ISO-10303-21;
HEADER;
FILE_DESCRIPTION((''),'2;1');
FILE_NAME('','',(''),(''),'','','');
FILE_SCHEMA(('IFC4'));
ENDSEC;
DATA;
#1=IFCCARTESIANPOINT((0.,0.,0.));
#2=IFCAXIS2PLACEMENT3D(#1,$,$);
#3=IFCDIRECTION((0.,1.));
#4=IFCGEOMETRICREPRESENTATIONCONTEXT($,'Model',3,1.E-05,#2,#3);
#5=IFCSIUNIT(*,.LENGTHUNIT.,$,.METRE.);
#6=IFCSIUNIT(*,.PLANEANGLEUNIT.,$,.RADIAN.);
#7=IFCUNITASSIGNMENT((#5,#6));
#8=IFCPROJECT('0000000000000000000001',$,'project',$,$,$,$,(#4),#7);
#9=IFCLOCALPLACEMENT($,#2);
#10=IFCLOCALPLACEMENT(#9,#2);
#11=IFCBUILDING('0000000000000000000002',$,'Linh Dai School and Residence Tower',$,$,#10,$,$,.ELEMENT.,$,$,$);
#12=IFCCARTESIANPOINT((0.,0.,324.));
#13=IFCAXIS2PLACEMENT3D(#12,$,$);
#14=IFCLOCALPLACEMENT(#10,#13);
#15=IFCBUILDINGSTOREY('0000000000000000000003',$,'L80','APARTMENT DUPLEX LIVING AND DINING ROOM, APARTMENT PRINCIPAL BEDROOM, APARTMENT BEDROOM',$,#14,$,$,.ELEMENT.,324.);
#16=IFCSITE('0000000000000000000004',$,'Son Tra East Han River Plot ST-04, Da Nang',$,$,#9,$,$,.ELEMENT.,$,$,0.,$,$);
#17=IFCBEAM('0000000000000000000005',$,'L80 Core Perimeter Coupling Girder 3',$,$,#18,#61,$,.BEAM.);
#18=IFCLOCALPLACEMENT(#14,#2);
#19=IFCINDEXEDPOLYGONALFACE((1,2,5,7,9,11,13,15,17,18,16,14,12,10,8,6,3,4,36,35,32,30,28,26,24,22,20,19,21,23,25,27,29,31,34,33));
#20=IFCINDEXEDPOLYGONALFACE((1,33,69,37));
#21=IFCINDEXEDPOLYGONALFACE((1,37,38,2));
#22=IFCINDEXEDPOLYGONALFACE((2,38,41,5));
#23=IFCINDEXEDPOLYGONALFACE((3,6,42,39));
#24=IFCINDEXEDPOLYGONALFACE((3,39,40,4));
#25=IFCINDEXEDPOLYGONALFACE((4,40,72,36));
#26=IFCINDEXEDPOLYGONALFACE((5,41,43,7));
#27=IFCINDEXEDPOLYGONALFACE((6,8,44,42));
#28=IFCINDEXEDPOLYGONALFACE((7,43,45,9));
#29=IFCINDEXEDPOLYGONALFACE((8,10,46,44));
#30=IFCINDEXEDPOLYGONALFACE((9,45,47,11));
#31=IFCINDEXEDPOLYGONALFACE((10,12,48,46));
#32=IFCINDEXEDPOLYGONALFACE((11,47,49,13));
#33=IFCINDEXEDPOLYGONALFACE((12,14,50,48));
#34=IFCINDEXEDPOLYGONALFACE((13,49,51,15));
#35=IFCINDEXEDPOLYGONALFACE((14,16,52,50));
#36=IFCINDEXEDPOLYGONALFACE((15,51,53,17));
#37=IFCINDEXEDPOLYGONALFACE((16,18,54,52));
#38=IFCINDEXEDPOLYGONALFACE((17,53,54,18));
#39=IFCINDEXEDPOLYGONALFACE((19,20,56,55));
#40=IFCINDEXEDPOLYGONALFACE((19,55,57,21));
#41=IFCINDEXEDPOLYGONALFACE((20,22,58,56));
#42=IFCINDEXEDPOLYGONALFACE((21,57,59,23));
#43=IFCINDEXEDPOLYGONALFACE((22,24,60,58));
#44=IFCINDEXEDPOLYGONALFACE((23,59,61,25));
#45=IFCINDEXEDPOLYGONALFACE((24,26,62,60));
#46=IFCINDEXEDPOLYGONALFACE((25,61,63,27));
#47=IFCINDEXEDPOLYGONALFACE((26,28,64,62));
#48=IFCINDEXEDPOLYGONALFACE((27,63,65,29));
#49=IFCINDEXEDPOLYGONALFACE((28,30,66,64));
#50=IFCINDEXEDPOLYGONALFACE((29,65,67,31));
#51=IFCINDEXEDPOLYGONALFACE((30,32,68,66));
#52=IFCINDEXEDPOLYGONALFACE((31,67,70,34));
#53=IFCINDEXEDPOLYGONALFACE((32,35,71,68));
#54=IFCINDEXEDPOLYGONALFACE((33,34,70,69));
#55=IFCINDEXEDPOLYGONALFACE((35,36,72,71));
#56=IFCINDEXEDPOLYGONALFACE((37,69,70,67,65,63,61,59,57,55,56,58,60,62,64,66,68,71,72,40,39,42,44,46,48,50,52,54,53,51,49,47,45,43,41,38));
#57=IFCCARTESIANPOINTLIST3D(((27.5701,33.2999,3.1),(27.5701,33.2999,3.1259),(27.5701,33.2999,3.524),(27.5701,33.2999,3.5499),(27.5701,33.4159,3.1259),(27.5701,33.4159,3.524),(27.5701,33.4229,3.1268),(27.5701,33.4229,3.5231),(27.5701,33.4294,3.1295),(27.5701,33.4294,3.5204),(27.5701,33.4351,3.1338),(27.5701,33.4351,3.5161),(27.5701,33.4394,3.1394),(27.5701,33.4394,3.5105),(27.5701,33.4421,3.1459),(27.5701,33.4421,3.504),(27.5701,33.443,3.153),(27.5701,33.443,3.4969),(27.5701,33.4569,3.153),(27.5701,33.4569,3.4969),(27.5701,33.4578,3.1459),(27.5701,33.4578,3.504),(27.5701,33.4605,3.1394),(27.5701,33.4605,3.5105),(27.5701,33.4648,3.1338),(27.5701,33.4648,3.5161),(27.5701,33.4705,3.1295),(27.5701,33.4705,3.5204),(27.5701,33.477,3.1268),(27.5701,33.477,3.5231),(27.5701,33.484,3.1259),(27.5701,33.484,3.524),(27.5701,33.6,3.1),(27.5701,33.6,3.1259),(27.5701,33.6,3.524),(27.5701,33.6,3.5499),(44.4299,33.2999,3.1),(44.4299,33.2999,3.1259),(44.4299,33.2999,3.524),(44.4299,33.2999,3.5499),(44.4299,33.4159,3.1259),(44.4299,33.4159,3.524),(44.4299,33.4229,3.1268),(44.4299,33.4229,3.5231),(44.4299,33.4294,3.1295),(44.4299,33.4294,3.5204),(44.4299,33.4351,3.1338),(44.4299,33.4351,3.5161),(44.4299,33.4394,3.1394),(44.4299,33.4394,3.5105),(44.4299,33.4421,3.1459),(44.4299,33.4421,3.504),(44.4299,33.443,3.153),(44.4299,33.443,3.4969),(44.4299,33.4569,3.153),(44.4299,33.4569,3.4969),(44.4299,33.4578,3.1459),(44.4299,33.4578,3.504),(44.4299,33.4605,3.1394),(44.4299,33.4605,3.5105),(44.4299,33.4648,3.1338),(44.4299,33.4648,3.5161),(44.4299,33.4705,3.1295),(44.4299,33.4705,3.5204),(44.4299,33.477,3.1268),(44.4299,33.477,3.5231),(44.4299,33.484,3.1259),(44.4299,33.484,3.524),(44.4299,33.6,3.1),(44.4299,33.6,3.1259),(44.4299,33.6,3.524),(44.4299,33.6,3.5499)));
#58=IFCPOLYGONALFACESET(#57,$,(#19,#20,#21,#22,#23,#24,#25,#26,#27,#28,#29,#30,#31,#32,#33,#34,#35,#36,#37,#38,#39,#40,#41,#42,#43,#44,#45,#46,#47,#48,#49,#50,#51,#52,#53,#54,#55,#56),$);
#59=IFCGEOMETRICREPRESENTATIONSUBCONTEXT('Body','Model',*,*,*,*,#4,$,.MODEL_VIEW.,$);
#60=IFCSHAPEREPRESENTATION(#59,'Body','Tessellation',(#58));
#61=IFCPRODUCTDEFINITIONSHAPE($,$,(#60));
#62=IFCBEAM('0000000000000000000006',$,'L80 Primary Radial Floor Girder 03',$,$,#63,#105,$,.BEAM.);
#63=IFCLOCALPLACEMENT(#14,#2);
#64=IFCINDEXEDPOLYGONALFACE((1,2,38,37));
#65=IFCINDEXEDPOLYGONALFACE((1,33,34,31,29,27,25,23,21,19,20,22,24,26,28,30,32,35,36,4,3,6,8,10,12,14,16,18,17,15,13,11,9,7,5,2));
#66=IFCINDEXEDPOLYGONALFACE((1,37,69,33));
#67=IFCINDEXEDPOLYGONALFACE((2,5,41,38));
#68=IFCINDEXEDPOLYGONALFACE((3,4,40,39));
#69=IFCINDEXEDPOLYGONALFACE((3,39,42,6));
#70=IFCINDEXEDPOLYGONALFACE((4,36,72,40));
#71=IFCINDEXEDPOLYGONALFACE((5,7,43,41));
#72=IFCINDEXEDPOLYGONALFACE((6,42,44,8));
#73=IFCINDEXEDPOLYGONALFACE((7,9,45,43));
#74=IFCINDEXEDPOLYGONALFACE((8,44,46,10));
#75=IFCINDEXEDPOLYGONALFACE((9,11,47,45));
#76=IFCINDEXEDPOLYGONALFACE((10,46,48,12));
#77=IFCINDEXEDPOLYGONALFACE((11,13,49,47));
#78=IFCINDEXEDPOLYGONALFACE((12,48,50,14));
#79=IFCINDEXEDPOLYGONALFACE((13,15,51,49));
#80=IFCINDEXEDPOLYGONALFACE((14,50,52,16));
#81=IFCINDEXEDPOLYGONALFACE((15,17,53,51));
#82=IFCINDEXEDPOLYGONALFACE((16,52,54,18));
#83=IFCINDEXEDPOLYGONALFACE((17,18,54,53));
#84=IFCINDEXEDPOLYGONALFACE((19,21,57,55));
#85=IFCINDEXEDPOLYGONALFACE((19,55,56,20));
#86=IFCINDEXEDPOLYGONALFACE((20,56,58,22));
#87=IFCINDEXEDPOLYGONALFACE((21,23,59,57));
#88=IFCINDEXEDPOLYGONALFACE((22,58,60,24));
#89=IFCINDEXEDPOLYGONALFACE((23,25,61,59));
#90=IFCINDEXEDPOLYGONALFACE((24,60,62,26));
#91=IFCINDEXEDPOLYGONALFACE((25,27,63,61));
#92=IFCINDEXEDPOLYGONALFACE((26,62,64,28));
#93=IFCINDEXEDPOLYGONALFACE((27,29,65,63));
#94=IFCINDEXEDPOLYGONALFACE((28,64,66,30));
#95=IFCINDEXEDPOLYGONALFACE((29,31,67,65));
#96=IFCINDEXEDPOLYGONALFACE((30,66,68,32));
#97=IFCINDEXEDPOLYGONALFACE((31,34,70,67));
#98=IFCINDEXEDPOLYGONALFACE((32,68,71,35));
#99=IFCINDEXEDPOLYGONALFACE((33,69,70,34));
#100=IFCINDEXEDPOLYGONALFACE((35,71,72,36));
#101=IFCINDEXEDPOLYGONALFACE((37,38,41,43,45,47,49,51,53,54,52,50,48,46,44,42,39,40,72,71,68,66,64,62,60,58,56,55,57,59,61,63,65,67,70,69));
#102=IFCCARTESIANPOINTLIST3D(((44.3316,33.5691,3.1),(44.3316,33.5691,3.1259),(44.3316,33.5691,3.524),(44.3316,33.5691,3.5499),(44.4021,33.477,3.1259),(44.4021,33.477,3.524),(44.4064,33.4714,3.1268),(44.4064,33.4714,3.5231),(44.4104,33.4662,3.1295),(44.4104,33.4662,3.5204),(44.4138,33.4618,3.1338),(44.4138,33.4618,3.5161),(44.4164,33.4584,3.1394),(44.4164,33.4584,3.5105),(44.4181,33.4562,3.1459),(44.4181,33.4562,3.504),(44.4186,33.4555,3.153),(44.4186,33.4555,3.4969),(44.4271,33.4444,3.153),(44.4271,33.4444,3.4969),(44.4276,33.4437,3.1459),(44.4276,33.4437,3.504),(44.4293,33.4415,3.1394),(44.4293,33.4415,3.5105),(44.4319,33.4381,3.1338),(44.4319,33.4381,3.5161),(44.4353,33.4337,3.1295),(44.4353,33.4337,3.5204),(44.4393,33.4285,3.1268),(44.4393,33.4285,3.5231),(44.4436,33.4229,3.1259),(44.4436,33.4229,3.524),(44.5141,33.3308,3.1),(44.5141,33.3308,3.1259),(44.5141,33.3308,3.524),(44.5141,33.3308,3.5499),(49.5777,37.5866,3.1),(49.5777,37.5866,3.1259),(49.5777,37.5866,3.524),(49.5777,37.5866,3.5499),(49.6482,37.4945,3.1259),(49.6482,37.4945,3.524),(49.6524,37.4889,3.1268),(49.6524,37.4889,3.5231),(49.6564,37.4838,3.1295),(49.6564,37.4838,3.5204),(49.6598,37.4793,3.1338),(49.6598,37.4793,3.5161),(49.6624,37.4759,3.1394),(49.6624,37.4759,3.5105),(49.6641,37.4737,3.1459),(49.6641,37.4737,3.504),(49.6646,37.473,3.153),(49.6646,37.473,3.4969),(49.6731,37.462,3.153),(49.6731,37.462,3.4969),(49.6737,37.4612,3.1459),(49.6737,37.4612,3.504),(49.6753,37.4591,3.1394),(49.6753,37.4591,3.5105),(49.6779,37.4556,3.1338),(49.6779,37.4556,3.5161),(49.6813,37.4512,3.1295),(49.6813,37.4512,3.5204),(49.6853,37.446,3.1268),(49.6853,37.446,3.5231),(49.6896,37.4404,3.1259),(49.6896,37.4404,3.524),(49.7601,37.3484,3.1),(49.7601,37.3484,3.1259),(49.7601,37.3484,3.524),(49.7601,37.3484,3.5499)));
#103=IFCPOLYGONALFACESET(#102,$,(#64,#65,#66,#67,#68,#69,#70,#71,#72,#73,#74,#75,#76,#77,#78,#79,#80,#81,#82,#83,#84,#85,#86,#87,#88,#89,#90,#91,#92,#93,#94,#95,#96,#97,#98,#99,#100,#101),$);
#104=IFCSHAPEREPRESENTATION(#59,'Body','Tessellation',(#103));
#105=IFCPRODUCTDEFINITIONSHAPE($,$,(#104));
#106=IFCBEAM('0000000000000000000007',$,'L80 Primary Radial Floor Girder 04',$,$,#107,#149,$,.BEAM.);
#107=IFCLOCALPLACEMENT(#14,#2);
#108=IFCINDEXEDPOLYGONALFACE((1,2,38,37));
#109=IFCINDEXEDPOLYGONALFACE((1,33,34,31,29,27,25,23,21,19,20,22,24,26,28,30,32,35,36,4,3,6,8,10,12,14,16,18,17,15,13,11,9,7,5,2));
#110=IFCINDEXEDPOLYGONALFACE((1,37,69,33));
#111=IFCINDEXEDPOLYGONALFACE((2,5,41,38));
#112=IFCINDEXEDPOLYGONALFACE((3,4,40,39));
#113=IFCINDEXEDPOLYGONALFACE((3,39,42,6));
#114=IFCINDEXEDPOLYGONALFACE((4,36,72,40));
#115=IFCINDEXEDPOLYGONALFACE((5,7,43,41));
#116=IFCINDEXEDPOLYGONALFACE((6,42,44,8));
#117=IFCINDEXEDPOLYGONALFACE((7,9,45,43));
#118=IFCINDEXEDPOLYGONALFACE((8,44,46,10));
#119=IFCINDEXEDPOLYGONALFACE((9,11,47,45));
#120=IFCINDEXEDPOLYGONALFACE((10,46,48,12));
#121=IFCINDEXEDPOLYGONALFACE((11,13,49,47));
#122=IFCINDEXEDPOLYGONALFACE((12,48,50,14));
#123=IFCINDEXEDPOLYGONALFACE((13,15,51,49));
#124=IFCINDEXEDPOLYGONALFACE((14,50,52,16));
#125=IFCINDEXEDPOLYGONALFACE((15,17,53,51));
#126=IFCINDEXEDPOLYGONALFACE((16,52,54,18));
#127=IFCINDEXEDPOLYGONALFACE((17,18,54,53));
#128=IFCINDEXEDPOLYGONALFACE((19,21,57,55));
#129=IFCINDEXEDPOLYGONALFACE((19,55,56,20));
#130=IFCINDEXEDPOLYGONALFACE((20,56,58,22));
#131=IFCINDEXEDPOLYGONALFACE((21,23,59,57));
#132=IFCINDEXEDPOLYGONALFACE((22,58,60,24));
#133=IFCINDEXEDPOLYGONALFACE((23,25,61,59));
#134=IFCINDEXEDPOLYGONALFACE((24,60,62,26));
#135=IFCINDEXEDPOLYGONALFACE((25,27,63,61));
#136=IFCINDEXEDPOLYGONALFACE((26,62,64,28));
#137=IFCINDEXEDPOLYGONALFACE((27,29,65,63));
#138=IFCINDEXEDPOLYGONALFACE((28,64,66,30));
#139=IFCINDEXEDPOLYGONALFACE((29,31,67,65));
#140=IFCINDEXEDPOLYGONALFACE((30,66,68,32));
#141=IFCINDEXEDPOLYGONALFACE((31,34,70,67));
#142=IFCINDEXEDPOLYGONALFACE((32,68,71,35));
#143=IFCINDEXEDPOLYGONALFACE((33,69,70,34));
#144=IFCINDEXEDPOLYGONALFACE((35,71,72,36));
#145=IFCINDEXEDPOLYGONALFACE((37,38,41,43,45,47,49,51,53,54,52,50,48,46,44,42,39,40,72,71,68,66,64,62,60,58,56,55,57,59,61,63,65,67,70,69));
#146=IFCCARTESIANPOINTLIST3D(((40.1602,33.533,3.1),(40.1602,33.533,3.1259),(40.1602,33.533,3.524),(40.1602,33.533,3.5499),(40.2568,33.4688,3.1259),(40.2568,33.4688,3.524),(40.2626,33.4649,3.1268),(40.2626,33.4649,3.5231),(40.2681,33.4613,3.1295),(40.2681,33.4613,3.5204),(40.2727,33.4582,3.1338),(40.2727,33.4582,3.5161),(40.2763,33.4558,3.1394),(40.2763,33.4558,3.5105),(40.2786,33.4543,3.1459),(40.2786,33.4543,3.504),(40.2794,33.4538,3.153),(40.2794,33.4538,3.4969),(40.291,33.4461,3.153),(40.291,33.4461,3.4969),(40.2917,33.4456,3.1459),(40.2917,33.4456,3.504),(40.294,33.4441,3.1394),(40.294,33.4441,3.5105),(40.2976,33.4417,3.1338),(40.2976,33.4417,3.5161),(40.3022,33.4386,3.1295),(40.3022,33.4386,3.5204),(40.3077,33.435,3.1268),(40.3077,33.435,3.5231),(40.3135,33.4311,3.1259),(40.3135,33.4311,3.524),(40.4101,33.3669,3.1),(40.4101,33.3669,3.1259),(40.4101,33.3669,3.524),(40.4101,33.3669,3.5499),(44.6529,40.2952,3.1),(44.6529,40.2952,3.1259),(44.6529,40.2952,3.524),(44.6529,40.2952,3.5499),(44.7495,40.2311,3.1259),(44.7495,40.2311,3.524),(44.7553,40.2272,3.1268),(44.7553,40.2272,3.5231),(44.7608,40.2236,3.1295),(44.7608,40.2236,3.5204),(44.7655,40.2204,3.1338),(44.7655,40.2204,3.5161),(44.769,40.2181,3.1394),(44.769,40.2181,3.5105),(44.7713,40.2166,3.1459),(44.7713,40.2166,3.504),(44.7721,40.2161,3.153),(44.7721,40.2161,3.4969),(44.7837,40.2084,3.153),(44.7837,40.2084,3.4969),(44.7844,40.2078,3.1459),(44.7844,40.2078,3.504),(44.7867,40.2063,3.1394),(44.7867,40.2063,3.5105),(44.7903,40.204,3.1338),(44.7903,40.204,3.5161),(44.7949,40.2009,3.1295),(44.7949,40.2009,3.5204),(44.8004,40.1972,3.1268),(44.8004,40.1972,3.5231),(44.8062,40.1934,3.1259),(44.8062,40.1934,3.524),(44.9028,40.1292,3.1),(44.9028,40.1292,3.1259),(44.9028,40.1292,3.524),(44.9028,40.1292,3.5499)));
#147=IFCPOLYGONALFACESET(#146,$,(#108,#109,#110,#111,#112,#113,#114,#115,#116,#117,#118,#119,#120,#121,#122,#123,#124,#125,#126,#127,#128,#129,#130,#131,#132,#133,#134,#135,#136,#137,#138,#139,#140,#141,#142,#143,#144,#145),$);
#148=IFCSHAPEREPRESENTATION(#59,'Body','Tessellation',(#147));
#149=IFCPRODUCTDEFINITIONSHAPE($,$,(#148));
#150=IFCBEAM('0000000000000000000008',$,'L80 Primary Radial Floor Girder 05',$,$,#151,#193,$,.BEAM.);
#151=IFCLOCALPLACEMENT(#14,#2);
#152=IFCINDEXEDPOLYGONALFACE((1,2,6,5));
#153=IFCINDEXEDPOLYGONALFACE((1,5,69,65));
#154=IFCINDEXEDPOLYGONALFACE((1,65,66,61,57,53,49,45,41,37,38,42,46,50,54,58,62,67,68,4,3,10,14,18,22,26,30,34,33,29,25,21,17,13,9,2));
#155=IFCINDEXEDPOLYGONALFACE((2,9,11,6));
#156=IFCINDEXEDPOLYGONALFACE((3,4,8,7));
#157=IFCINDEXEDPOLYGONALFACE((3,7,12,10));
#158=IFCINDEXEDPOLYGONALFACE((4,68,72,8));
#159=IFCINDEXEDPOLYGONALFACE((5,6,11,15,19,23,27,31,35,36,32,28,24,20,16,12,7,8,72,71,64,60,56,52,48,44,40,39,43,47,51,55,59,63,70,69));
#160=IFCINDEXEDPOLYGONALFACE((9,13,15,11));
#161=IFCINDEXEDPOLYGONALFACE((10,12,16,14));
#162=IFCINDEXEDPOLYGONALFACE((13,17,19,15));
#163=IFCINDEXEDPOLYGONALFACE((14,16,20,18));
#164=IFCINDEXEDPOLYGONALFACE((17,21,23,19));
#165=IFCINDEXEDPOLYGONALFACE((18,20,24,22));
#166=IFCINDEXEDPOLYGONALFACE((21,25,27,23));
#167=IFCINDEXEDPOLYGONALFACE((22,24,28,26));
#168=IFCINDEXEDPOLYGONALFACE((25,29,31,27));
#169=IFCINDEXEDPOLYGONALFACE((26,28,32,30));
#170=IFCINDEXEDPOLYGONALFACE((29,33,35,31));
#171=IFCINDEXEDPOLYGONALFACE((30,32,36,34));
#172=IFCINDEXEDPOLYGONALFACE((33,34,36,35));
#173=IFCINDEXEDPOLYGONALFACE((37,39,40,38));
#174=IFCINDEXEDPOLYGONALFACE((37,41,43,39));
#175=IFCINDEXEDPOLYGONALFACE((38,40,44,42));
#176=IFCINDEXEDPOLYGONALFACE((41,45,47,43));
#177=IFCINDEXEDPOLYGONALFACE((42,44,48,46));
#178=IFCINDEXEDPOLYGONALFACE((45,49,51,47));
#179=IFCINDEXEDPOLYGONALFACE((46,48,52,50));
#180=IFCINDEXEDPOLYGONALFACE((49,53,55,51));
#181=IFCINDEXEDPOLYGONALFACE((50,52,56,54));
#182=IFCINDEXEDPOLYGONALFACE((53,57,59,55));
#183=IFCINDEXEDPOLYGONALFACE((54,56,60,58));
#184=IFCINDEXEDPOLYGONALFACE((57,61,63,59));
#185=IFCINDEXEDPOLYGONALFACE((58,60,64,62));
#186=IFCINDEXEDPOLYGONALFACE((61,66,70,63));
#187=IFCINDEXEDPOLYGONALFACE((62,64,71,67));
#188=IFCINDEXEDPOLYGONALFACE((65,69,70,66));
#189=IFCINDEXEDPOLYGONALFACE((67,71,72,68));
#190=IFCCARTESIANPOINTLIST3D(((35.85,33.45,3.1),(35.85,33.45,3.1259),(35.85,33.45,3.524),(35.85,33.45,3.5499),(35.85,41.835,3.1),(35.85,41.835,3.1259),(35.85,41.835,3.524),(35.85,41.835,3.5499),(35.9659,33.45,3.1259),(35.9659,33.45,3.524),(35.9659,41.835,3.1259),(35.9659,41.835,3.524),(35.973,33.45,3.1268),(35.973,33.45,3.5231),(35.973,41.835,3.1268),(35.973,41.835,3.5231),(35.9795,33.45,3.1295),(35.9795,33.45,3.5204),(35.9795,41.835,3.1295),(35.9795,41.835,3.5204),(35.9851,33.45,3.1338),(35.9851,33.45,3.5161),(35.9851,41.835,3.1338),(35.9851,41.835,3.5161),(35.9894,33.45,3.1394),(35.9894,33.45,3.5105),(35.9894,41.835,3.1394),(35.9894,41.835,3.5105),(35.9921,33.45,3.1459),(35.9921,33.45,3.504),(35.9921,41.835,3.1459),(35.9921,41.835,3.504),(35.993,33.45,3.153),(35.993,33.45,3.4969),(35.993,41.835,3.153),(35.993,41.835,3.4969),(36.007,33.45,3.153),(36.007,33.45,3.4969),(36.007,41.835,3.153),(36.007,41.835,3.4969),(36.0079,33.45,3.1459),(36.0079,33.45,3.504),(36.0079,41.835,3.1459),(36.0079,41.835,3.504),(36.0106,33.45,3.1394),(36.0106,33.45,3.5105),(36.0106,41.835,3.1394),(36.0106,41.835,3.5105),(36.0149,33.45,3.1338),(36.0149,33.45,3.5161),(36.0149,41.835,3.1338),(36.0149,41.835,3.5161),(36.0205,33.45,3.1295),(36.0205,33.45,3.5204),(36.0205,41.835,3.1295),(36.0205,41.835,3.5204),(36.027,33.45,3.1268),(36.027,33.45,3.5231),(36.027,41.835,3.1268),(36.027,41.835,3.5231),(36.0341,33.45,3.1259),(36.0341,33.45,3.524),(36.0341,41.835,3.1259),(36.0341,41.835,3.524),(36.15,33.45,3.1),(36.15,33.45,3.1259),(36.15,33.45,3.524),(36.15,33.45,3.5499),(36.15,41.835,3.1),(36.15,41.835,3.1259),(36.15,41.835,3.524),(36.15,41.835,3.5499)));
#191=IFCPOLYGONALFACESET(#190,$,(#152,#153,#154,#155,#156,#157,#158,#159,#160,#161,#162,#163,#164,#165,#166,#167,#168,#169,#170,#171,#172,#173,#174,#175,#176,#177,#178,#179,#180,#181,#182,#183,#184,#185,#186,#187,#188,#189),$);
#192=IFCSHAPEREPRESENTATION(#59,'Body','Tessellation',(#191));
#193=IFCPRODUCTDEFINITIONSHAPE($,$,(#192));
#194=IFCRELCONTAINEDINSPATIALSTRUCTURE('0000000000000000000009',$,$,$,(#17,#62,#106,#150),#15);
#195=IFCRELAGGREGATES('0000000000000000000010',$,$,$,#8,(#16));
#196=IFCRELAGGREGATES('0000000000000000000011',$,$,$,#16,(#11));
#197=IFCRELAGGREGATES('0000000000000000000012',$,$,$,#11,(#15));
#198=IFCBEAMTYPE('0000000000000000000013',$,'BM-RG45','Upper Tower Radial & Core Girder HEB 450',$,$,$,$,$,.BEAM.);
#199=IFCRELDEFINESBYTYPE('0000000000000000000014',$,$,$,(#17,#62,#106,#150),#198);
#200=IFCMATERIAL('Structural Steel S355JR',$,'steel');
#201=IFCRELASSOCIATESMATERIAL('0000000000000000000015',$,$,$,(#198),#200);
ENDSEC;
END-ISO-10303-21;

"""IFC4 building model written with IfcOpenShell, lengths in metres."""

from ifc_helpers import new_model, si_unit, direction, frame, origin, origin_2d, place, context, subcontext, project, spatial, i_section, extrude, material, material_profile, profile_set, type_object, element, save


model = new_model("IFC4")

# Units and contexts
model_context = context("Model", 3, precision=1e-05, world=origin(), true_north=direction((0.0, 1.0)))
body_context = subcontext(model_context, "Body", "Model", "MODEL_VIEW")
ifc_project = project(units=[si_unit("LENGTHUNIT", "METRE"), si_unit("PLANEANGLEUNIT", "RADIAN")], contexts=[model_context])

# Site, building, storey
site_placement = place(None, origin())
site = spatial("IfcSite", under=ifc_project, at=site_placement, Name="Son Tra East Han River Plot ST-04, Da Nang", CompositionType="ELEMENT", RefElevation=0.0)
building_placement = place(site_placement, origin())
building = spatial("IfcBuilding", under=site, at=building_placement, Name="Linh Dai School and Residence Tower", CompositionType="ELEMENT")
storey_placement = place(building_placement, frame((0.0, 0.0, 324.0)))
storey = spatial("IfcBuildingStorey", under=building, at=storey_placement, Name="L80", Description="APARTMENT DUPLEX LIVING AND DINING ROOM, APARTMENT PRINCIPAL BEDROOM, APARTMENT BEDROOM", CompositionType="ELEMENT", Elevation=324.0)

# Shared definitions
ifc_material_1 = material(Name="Structural Steel S355JR", Category="steel")

# Beams
ifc_material_profile_1 = material_profile(ifc_material_1, i_section(OverallWidth=0.3, OverallDepth=0.45, WebThickness=0.0139, FlangeThickness=0.0259, FilletRadius=0.0271, at=origin_2d()), Name="HEB 450")
ifc_profile_set_1 = profile_set([ifc_material_profile_1], Name="Structural Steel S355JR")
beam_type_1 = type_object("IfcBeamType", Name="BM-RG45", Description="Upper Tower Radial & Core Girder HEB 450", PredefinedType="BEAM", material=ifc_profile_set_1)
beam_1_placement = place(storey_placement, frame((44.4299, 33.45, 3.325), z_axis=(-1.0, 0.0, 0.0), x_axis=(0.0, -1.0, 0.0)))
element("IfcBeam", 1, at=beam_1_placement, inside=storey, type_object=beam_type_1, Name="L80 Core Perimeter Coupling Girder 3", PredefinedType="BEAM", context=body_context, shape_type="SweptSolid", body=[
    extrude(i_section(OverallWidth=0.3, OverallDepth=0.45, WebThickness=0.0139, FlangeThickness=0.0259, FilletRadius=0.0271, at=origin_2d()), origin(), (0.0, 0.0, 1.0), 16.8599),
])
beam_2_placement = place(storey_placement, frame((44.4229, 33.45, 3.325), z_axis=(0.79393, 0.608009, 0.0), x_axis=(-0.608009, 0.79393, 0.0)))
element("IfcBeam", 2, at=beam_2_placement, inside=storey, type_object=beam_type_1, Name="L80 Primary Radial Floor Girder 03", PredefinedType="BEAM", context=body_context, shape_type="SweptSolid", body=[
    extrude(i_section(OverallWidth=0.3, OverallDepth=0.45, WebThickness=0.0139, FlangeThickness=0.0259, FilletRadius=0.0271, at=origin_2d()), origin(), (0.0, 0.0, 1.0), 6.6077),
])
beam_3_placement = place(storey_placement, frame((40.2852, 33.45, 3.325), z_axis=(0.553381, 0.832928, 0.0), x_axis=(-0.832928, 0.553381, 0.0)))
element("IfcBeam", 3, at=beam_3_placement, inside=storey, type_object=beam_type_1, Name="L80 Primary Radial Floor Girder 04", PredefinedType="BEAM", context=body_context, shape_type="SweptSolid", body=[
    extrude(i_section(OverallWidth=0.3, OverallDepth=0.45, WebThickness=0.0139, FlangeThickness=0.0259, FilletRadius=0.0271, at=origin_2d()), origin(), (0.0, 0.0, 1.0), 8.1187),
])
beam_4_placement = place(storey_placement, frame((36.0, 33.45, 3.325), z_axis=(0.0, 1.0, 0.0), x_axis=(-1.0, 0.0, 0.0)))
element("IfcBeam", 4, at=beam_4_placement, inside=storey, type_object=beam_type_1, Name="L80 Primary Radial Floor Girder 05", PredefinedType="BEAM", context=body_context, shape_type="SweptSolid", body=[
    extrude(i_section(OverallWidth=0.3, OverallDepth=0.45, WebThickness=0.0139, FlangeThickness=0.0259, FilletRadius=0.0271, at=origin_2d()), origin(), (0.0, 0.0, 1.0), 8.385),
])

save(model, "model.ifc")
